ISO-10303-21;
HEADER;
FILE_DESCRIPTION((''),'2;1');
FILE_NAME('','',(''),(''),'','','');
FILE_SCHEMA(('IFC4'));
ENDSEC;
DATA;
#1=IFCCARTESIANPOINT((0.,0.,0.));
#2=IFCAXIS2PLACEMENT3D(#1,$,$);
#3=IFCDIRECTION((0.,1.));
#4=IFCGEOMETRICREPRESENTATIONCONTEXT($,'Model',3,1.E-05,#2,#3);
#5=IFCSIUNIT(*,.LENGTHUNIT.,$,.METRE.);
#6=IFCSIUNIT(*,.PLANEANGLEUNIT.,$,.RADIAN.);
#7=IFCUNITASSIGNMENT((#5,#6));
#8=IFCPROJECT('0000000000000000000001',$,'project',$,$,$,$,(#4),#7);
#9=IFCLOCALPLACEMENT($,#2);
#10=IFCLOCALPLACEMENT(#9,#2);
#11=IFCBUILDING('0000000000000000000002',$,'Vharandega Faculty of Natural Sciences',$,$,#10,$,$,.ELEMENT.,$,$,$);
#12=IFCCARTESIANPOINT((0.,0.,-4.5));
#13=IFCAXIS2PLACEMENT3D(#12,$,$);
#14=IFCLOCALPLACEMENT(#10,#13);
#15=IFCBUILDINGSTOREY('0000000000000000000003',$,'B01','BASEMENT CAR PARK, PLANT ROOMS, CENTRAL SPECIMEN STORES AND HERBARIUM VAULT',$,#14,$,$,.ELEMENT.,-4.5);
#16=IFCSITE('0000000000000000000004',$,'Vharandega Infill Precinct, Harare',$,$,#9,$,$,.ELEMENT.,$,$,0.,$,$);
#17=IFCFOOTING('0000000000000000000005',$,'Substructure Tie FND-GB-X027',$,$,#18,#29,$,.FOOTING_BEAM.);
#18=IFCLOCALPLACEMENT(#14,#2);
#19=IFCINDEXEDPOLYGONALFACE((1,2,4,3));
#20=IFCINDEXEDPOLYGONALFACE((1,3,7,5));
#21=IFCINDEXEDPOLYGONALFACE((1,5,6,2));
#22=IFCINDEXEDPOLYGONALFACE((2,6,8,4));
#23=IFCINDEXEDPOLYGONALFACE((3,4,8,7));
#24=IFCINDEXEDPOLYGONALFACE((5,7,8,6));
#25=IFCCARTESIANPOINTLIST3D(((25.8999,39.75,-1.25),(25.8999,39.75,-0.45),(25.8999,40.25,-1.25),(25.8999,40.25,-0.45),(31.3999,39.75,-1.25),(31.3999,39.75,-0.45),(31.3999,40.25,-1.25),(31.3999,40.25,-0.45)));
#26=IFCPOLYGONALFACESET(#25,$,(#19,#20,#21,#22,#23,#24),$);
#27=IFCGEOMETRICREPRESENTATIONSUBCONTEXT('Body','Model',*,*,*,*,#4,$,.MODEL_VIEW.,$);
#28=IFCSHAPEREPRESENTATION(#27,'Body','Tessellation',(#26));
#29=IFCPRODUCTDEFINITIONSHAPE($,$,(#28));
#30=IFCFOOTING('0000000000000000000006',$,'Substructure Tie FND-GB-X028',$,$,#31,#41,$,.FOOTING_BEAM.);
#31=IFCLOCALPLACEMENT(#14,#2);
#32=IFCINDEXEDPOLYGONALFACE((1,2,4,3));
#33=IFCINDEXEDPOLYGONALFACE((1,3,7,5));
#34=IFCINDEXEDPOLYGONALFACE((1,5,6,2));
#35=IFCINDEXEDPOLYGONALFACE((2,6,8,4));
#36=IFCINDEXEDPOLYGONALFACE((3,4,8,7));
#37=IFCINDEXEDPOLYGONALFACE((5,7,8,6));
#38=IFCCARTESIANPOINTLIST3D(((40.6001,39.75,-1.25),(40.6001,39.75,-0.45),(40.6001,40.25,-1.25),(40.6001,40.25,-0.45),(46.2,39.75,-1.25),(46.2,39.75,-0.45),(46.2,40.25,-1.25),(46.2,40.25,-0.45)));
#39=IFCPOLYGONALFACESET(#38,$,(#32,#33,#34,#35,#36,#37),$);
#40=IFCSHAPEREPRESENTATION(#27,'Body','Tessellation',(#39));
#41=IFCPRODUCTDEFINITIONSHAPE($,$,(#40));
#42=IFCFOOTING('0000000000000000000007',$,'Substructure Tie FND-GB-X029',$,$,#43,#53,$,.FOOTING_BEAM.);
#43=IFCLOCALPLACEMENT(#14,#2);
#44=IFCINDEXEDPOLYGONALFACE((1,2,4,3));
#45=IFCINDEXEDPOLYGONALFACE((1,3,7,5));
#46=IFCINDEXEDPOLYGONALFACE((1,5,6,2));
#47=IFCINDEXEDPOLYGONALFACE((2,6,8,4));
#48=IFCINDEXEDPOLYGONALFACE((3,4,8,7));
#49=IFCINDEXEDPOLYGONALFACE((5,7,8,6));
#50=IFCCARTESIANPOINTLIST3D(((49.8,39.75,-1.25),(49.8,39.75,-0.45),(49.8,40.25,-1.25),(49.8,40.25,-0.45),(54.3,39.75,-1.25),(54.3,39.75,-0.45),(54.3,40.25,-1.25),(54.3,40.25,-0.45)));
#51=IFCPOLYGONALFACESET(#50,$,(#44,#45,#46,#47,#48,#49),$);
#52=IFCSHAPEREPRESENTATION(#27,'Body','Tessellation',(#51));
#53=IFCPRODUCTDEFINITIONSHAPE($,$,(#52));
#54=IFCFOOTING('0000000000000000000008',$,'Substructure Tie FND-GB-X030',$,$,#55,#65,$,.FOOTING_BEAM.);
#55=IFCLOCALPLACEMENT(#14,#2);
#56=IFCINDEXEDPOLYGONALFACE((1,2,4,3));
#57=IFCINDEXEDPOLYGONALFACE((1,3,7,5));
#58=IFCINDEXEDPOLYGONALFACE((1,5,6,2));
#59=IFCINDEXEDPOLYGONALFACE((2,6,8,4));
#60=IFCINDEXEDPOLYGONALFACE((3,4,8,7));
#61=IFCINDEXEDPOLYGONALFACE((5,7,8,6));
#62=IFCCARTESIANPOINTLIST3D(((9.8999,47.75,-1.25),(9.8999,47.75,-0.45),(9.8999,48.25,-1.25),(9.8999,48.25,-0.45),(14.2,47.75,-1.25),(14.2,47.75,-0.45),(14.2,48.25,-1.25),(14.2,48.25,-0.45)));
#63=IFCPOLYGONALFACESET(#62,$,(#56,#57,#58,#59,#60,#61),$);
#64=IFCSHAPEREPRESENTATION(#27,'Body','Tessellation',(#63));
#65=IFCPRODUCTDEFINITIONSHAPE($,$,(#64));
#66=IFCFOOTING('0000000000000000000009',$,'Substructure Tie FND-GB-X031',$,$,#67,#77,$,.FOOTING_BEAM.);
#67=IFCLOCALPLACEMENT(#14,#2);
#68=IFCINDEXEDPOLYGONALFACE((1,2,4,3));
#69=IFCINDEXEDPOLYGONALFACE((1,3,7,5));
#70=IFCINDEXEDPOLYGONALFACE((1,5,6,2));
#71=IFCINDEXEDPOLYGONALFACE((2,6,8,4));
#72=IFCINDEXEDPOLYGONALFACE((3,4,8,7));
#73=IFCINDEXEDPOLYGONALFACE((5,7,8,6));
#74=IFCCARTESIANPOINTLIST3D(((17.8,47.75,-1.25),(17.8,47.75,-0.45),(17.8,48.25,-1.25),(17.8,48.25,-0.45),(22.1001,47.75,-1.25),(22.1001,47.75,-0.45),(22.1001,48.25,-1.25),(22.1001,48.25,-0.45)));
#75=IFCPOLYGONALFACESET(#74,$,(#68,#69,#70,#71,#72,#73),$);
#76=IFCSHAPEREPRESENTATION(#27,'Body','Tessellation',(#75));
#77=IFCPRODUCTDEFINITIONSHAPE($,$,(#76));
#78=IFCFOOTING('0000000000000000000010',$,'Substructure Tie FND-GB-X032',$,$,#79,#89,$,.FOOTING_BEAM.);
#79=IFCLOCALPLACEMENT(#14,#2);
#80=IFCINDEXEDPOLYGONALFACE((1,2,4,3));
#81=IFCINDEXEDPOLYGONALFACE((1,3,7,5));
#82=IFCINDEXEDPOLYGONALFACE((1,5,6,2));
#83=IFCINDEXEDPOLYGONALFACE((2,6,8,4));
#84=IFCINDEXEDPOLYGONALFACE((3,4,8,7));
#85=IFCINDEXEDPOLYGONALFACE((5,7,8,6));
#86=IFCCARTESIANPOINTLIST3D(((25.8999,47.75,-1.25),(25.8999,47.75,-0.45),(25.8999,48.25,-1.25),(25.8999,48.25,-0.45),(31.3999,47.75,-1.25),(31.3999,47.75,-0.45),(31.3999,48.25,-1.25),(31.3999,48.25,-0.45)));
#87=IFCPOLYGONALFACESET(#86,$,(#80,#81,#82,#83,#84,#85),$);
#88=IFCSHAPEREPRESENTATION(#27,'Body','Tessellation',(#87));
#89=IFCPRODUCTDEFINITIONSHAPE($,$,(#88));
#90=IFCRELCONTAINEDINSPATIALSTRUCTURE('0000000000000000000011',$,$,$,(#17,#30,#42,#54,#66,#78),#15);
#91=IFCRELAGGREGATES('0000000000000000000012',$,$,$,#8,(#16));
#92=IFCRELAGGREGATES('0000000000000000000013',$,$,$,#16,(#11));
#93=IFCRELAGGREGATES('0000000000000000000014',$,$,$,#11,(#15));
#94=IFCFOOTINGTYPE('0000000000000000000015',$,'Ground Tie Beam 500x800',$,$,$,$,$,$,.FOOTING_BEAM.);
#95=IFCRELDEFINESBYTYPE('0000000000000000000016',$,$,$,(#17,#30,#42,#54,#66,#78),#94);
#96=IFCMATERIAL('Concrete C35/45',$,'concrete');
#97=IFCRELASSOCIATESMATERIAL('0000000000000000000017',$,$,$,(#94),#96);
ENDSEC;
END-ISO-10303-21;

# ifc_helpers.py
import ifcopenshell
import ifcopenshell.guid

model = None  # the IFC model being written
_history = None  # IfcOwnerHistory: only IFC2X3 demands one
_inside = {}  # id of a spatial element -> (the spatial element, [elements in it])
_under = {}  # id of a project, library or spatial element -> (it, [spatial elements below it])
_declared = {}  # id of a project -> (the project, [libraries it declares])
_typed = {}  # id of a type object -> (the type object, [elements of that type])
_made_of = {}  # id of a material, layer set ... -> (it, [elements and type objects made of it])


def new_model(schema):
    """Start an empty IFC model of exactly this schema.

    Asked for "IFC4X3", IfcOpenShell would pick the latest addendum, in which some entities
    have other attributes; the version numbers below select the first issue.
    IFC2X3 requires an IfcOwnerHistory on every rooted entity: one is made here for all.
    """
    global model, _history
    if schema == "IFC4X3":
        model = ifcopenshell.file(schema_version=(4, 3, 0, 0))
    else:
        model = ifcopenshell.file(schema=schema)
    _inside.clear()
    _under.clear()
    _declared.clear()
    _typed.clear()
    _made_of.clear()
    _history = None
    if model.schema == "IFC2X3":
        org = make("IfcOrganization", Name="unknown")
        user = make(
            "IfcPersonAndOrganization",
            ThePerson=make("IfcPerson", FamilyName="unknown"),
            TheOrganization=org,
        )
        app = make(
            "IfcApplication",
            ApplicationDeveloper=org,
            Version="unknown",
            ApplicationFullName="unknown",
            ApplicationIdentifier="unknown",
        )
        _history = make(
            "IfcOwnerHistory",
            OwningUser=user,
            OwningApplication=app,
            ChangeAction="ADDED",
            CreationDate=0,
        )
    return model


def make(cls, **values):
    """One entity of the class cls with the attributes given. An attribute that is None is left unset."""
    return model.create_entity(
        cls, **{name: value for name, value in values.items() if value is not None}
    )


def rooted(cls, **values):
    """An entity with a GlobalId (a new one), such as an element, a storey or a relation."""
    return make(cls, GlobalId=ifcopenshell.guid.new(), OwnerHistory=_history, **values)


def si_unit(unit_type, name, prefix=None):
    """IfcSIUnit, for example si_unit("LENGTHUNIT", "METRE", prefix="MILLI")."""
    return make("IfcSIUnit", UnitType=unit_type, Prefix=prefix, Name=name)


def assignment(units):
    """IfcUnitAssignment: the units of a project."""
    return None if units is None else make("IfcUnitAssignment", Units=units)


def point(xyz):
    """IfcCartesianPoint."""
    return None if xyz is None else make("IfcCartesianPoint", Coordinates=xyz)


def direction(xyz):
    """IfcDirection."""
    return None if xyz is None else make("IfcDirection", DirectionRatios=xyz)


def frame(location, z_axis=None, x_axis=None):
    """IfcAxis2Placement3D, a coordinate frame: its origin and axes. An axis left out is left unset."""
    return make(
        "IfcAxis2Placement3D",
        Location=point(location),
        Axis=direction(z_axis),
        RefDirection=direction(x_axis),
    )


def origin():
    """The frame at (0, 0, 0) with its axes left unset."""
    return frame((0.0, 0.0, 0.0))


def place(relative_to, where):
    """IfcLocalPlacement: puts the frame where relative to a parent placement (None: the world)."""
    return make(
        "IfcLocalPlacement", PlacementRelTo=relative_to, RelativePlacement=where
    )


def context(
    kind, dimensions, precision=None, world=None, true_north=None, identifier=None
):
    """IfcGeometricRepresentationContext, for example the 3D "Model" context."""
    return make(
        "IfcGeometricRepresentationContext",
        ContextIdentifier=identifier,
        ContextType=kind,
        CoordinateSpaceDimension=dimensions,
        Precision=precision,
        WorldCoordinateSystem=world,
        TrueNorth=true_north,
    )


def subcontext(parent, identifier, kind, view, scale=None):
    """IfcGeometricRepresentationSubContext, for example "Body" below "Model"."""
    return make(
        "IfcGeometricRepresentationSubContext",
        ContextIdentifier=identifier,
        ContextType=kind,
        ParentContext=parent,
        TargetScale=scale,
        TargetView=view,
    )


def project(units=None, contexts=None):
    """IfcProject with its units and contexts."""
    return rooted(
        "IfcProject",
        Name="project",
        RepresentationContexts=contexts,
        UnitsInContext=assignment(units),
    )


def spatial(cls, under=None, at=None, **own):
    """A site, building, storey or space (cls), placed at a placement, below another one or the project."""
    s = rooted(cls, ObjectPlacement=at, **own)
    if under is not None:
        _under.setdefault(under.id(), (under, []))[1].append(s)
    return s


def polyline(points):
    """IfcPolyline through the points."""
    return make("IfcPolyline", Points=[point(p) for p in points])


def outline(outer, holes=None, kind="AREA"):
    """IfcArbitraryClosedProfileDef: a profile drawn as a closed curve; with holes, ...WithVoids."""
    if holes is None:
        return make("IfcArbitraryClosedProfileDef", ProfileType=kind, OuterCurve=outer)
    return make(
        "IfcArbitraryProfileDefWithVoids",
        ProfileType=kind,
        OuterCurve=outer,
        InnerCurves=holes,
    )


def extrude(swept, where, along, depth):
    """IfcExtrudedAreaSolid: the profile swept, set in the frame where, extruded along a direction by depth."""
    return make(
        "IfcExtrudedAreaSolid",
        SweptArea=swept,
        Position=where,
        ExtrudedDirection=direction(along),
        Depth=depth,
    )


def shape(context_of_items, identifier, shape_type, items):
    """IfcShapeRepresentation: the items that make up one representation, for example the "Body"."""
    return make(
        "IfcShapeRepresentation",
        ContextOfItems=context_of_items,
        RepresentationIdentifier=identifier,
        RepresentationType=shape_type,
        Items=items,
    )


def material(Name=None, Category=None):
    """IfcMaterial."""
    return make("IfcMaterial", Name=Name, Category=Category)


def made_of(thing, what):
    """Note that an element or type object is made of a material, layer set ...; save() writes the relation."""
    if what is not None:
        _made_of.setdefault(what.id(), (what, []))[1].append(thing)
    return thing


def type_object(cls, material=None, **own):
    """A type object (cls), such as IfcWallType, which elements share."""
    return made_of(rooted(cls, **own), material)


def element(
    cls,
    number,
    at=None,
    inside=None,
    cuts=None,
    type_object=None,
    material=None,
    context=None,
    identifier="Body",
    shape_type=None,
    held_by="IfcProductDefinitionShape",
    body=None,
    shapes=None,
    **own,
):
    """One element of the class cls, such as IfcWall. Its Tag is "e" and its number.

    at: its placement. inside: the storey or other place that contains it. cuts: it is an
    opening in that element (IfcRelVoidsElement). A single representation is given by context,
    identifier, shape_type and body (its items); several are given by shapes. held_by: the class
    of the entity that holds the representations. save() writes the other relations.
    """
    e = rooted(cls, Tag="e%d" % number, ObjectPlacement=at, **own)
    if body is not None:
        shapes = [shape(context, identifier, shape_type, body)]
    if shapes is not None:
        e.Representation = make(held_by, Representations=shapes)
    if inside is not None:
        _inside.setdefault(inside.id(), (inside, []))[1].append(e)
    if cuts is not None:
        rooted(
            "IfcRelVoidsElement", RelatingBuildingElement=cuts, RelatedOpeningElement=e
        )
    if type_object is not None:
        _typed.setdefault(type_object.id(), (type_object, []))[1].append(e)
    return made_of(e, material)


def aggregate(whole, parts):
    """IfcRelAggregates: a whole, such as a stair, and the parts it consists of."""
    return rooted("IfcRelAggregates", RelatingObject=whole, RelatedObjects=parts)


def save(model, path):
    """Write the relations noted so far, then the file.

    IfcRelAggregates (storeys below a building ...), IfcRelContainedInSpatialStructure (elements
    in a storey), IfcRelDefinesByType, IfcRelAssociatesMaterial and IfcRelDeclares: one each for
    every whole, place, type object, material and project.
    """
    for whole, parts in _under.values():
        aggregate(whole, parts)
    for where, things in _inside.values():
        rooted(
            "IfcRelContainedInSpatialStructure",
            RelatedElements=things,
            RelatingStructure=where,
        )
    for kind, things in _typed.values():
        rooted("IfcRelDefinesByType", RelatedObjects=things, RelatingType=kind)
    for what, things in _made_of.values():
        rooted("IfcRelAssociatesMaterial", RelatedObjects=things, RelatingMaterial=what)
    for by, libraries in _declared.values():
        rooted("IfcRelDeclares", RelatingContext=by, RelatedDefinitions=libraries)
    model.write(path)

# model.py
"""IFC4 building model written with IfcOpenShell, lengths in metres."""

from ifc_helpers import new_model, si_unit, direction, frame, origin, place, context, subcontext, project, spatial, polyline, outline, extrude, material, type_object, element, save


model = new_model("IFC4")

# Units and contexts
model_context = context("Model", 3, precision=1e-05, world=origin(), true_north=direction((0.0, 1.0)))
body_context = subcontext(model_context, "Body", "Model", "MODEL_VIEW")
ifc_project = project(units=[si_unit("LENGTHUNIT", "METRE"), si_unit("PLANEANGLEUNIT", "RADIAN")], contexts=[model_context])

# Site, building, storey
site_placement = place(None, origin())
site = spatial("IfcSite", under=ifc_project, at=site_placement, Name="Vharandega Infill Precinct, Harare", CompositionType="ELEMENT", RefElevation=0.0)
building_placement = place(site_placement, origin())
building = spatial("IfcBuilding", under=site, at=building_placement, Name="Vharandega Faculty of Natural Sciences", CompositionType="ELEMENT")
storey_placement = place(building_placement, frame((0.0, 0.0, -4.5)))
storey = spatial("IfcBuildingStorey", under=building, at=storey_placement, Name="B01", Description="BASEMENT CAR PARK, PLANT ROOMS, CENTRAL SPECIMEN STORES AND HERBARIUM VAULT", CompositionType="ELEMENT", Elevation=-4.5)

# Footings
ifc_material = material(Name="Concrete C35/45", Category="concrete")
footing_type = type_object("IfcFootingType", Name="Ground Tie Beam 500x800", PredefinedType="FOOTING_BEAM", material=ifc_material)
footing_1_placement = place(storey_placement, frame((0.0, 0.0, -1.25)))
element("IfcFooting", 1, at=footing_1_placement, inside=storey, type_object=footing_type, Name="Substructure Tie FND-GB-X027", PredefinedType="FOOTING_BEAM", context=body_context, shape_type="SweptSolid", body=[
    extrude(outline(polyline([(25.8999, 39.75), (31.3999, 39.75), (31.3999, 40.25), (25.8999, 40.25), (25.8999, 39.75)])), origin(), (0.0, 0.0, 1.0), 0.8),
])
footing_2_placement = place(storey_placement, frame((0.0, 0.0, -1.25)))
element("IfcFooting", 2, at=footing_2_placement, inside=storey, type_object=footing_type, Name="Substructure Tie FND-GB-X028", PredefinedType="FOOTING_BEAM", context=body_context, shape_type="SweptSolid", body=[
    extrude(outline(polyline([(40.6001, 39.75), (46.2, 39.75), (46.2, 40.25), (40.6001, 40.25), (40.6001, 39.75)])), origin(), (0.0, 0.0, 1.0), 0.8),
])
footing_3_placement = place(storey_placement, frame((0.0, 0.0, -1.25)))
element("IfcFooting", 3, at=footing_3_placement, inside=storey, type_object=footing_type, Name="Substructure Tie FND-GB-X029", PredefinedType="FOOTING_BEAM", context=body_context, shape_type="SweptSolid", body=[
    extrude(outline(polyline([(49.8, 39.75), (54.3, 39.75), (54.3, 40.25), (49.8, 40.25), (49.8, 39.75)])), origin(), (0.0, 0.0, 1.0), 0.8),
])
footing_4_placement = place(storey_placement, frame((0.0, 0.0, -1.25)))
element("IfcFooting", 4, at=footing_4_placement, inside=storey, type_object=footing_type, Name="Substructure Tie FND-GB-X030", PredefinedType="FOOTING_BEAM", context=body_context, shape_type="SweptSolid", body=[
    extrude(outline(polyline([(9.8999, 47.75), (14.2, 47.75), (14.2, 48.25), (9.8999, 48.25), (9.8999, 47.75)])), origin(), (0.0, 0.0, 1.0), 0.8),
])
footing_5_placement = place(storey_placement, frame((0.0, 0.0, -1.25)))
element("IfcFooting", 5, at=footing_5_placement, inside=storey, type_object=footing_type, Name="Substructure Tie FND-GB-X031", PredefinedType="FOOTING_BEAM", context=body_context, shape_type="SweptSolid", body=[
    extrude(outline(polyline([(17.8, 47.75), (22.1001, 47.75), (22.1001, 48.25), (17.8, 48.25), (17.8, 47.75)])), origin(), (0.0, 0.0, 1.0), 0.8),
])
footing_6_placement = place(storey_placement, frame((0.0, 0.0, -1.25)))
element("IfcFooting", 6, at=footing_6_placement, inside=storey, type_object=footing_type, Name="Substructure Tie FND-GB-X032", PredefinedType="FOOTING_BEAM", context=body_context, shape_type="SweptSolid", body=[
    extrude(outline(polyline([(25.8999, 47.75), (31.3999, 47.75), (31.3999, 48.25), (25.8999, 48.25), (25.8999, 47.75)])), origin(), (0.0, 0.0, 1.0), 0.8),
])

save(model, "model.ifc")
